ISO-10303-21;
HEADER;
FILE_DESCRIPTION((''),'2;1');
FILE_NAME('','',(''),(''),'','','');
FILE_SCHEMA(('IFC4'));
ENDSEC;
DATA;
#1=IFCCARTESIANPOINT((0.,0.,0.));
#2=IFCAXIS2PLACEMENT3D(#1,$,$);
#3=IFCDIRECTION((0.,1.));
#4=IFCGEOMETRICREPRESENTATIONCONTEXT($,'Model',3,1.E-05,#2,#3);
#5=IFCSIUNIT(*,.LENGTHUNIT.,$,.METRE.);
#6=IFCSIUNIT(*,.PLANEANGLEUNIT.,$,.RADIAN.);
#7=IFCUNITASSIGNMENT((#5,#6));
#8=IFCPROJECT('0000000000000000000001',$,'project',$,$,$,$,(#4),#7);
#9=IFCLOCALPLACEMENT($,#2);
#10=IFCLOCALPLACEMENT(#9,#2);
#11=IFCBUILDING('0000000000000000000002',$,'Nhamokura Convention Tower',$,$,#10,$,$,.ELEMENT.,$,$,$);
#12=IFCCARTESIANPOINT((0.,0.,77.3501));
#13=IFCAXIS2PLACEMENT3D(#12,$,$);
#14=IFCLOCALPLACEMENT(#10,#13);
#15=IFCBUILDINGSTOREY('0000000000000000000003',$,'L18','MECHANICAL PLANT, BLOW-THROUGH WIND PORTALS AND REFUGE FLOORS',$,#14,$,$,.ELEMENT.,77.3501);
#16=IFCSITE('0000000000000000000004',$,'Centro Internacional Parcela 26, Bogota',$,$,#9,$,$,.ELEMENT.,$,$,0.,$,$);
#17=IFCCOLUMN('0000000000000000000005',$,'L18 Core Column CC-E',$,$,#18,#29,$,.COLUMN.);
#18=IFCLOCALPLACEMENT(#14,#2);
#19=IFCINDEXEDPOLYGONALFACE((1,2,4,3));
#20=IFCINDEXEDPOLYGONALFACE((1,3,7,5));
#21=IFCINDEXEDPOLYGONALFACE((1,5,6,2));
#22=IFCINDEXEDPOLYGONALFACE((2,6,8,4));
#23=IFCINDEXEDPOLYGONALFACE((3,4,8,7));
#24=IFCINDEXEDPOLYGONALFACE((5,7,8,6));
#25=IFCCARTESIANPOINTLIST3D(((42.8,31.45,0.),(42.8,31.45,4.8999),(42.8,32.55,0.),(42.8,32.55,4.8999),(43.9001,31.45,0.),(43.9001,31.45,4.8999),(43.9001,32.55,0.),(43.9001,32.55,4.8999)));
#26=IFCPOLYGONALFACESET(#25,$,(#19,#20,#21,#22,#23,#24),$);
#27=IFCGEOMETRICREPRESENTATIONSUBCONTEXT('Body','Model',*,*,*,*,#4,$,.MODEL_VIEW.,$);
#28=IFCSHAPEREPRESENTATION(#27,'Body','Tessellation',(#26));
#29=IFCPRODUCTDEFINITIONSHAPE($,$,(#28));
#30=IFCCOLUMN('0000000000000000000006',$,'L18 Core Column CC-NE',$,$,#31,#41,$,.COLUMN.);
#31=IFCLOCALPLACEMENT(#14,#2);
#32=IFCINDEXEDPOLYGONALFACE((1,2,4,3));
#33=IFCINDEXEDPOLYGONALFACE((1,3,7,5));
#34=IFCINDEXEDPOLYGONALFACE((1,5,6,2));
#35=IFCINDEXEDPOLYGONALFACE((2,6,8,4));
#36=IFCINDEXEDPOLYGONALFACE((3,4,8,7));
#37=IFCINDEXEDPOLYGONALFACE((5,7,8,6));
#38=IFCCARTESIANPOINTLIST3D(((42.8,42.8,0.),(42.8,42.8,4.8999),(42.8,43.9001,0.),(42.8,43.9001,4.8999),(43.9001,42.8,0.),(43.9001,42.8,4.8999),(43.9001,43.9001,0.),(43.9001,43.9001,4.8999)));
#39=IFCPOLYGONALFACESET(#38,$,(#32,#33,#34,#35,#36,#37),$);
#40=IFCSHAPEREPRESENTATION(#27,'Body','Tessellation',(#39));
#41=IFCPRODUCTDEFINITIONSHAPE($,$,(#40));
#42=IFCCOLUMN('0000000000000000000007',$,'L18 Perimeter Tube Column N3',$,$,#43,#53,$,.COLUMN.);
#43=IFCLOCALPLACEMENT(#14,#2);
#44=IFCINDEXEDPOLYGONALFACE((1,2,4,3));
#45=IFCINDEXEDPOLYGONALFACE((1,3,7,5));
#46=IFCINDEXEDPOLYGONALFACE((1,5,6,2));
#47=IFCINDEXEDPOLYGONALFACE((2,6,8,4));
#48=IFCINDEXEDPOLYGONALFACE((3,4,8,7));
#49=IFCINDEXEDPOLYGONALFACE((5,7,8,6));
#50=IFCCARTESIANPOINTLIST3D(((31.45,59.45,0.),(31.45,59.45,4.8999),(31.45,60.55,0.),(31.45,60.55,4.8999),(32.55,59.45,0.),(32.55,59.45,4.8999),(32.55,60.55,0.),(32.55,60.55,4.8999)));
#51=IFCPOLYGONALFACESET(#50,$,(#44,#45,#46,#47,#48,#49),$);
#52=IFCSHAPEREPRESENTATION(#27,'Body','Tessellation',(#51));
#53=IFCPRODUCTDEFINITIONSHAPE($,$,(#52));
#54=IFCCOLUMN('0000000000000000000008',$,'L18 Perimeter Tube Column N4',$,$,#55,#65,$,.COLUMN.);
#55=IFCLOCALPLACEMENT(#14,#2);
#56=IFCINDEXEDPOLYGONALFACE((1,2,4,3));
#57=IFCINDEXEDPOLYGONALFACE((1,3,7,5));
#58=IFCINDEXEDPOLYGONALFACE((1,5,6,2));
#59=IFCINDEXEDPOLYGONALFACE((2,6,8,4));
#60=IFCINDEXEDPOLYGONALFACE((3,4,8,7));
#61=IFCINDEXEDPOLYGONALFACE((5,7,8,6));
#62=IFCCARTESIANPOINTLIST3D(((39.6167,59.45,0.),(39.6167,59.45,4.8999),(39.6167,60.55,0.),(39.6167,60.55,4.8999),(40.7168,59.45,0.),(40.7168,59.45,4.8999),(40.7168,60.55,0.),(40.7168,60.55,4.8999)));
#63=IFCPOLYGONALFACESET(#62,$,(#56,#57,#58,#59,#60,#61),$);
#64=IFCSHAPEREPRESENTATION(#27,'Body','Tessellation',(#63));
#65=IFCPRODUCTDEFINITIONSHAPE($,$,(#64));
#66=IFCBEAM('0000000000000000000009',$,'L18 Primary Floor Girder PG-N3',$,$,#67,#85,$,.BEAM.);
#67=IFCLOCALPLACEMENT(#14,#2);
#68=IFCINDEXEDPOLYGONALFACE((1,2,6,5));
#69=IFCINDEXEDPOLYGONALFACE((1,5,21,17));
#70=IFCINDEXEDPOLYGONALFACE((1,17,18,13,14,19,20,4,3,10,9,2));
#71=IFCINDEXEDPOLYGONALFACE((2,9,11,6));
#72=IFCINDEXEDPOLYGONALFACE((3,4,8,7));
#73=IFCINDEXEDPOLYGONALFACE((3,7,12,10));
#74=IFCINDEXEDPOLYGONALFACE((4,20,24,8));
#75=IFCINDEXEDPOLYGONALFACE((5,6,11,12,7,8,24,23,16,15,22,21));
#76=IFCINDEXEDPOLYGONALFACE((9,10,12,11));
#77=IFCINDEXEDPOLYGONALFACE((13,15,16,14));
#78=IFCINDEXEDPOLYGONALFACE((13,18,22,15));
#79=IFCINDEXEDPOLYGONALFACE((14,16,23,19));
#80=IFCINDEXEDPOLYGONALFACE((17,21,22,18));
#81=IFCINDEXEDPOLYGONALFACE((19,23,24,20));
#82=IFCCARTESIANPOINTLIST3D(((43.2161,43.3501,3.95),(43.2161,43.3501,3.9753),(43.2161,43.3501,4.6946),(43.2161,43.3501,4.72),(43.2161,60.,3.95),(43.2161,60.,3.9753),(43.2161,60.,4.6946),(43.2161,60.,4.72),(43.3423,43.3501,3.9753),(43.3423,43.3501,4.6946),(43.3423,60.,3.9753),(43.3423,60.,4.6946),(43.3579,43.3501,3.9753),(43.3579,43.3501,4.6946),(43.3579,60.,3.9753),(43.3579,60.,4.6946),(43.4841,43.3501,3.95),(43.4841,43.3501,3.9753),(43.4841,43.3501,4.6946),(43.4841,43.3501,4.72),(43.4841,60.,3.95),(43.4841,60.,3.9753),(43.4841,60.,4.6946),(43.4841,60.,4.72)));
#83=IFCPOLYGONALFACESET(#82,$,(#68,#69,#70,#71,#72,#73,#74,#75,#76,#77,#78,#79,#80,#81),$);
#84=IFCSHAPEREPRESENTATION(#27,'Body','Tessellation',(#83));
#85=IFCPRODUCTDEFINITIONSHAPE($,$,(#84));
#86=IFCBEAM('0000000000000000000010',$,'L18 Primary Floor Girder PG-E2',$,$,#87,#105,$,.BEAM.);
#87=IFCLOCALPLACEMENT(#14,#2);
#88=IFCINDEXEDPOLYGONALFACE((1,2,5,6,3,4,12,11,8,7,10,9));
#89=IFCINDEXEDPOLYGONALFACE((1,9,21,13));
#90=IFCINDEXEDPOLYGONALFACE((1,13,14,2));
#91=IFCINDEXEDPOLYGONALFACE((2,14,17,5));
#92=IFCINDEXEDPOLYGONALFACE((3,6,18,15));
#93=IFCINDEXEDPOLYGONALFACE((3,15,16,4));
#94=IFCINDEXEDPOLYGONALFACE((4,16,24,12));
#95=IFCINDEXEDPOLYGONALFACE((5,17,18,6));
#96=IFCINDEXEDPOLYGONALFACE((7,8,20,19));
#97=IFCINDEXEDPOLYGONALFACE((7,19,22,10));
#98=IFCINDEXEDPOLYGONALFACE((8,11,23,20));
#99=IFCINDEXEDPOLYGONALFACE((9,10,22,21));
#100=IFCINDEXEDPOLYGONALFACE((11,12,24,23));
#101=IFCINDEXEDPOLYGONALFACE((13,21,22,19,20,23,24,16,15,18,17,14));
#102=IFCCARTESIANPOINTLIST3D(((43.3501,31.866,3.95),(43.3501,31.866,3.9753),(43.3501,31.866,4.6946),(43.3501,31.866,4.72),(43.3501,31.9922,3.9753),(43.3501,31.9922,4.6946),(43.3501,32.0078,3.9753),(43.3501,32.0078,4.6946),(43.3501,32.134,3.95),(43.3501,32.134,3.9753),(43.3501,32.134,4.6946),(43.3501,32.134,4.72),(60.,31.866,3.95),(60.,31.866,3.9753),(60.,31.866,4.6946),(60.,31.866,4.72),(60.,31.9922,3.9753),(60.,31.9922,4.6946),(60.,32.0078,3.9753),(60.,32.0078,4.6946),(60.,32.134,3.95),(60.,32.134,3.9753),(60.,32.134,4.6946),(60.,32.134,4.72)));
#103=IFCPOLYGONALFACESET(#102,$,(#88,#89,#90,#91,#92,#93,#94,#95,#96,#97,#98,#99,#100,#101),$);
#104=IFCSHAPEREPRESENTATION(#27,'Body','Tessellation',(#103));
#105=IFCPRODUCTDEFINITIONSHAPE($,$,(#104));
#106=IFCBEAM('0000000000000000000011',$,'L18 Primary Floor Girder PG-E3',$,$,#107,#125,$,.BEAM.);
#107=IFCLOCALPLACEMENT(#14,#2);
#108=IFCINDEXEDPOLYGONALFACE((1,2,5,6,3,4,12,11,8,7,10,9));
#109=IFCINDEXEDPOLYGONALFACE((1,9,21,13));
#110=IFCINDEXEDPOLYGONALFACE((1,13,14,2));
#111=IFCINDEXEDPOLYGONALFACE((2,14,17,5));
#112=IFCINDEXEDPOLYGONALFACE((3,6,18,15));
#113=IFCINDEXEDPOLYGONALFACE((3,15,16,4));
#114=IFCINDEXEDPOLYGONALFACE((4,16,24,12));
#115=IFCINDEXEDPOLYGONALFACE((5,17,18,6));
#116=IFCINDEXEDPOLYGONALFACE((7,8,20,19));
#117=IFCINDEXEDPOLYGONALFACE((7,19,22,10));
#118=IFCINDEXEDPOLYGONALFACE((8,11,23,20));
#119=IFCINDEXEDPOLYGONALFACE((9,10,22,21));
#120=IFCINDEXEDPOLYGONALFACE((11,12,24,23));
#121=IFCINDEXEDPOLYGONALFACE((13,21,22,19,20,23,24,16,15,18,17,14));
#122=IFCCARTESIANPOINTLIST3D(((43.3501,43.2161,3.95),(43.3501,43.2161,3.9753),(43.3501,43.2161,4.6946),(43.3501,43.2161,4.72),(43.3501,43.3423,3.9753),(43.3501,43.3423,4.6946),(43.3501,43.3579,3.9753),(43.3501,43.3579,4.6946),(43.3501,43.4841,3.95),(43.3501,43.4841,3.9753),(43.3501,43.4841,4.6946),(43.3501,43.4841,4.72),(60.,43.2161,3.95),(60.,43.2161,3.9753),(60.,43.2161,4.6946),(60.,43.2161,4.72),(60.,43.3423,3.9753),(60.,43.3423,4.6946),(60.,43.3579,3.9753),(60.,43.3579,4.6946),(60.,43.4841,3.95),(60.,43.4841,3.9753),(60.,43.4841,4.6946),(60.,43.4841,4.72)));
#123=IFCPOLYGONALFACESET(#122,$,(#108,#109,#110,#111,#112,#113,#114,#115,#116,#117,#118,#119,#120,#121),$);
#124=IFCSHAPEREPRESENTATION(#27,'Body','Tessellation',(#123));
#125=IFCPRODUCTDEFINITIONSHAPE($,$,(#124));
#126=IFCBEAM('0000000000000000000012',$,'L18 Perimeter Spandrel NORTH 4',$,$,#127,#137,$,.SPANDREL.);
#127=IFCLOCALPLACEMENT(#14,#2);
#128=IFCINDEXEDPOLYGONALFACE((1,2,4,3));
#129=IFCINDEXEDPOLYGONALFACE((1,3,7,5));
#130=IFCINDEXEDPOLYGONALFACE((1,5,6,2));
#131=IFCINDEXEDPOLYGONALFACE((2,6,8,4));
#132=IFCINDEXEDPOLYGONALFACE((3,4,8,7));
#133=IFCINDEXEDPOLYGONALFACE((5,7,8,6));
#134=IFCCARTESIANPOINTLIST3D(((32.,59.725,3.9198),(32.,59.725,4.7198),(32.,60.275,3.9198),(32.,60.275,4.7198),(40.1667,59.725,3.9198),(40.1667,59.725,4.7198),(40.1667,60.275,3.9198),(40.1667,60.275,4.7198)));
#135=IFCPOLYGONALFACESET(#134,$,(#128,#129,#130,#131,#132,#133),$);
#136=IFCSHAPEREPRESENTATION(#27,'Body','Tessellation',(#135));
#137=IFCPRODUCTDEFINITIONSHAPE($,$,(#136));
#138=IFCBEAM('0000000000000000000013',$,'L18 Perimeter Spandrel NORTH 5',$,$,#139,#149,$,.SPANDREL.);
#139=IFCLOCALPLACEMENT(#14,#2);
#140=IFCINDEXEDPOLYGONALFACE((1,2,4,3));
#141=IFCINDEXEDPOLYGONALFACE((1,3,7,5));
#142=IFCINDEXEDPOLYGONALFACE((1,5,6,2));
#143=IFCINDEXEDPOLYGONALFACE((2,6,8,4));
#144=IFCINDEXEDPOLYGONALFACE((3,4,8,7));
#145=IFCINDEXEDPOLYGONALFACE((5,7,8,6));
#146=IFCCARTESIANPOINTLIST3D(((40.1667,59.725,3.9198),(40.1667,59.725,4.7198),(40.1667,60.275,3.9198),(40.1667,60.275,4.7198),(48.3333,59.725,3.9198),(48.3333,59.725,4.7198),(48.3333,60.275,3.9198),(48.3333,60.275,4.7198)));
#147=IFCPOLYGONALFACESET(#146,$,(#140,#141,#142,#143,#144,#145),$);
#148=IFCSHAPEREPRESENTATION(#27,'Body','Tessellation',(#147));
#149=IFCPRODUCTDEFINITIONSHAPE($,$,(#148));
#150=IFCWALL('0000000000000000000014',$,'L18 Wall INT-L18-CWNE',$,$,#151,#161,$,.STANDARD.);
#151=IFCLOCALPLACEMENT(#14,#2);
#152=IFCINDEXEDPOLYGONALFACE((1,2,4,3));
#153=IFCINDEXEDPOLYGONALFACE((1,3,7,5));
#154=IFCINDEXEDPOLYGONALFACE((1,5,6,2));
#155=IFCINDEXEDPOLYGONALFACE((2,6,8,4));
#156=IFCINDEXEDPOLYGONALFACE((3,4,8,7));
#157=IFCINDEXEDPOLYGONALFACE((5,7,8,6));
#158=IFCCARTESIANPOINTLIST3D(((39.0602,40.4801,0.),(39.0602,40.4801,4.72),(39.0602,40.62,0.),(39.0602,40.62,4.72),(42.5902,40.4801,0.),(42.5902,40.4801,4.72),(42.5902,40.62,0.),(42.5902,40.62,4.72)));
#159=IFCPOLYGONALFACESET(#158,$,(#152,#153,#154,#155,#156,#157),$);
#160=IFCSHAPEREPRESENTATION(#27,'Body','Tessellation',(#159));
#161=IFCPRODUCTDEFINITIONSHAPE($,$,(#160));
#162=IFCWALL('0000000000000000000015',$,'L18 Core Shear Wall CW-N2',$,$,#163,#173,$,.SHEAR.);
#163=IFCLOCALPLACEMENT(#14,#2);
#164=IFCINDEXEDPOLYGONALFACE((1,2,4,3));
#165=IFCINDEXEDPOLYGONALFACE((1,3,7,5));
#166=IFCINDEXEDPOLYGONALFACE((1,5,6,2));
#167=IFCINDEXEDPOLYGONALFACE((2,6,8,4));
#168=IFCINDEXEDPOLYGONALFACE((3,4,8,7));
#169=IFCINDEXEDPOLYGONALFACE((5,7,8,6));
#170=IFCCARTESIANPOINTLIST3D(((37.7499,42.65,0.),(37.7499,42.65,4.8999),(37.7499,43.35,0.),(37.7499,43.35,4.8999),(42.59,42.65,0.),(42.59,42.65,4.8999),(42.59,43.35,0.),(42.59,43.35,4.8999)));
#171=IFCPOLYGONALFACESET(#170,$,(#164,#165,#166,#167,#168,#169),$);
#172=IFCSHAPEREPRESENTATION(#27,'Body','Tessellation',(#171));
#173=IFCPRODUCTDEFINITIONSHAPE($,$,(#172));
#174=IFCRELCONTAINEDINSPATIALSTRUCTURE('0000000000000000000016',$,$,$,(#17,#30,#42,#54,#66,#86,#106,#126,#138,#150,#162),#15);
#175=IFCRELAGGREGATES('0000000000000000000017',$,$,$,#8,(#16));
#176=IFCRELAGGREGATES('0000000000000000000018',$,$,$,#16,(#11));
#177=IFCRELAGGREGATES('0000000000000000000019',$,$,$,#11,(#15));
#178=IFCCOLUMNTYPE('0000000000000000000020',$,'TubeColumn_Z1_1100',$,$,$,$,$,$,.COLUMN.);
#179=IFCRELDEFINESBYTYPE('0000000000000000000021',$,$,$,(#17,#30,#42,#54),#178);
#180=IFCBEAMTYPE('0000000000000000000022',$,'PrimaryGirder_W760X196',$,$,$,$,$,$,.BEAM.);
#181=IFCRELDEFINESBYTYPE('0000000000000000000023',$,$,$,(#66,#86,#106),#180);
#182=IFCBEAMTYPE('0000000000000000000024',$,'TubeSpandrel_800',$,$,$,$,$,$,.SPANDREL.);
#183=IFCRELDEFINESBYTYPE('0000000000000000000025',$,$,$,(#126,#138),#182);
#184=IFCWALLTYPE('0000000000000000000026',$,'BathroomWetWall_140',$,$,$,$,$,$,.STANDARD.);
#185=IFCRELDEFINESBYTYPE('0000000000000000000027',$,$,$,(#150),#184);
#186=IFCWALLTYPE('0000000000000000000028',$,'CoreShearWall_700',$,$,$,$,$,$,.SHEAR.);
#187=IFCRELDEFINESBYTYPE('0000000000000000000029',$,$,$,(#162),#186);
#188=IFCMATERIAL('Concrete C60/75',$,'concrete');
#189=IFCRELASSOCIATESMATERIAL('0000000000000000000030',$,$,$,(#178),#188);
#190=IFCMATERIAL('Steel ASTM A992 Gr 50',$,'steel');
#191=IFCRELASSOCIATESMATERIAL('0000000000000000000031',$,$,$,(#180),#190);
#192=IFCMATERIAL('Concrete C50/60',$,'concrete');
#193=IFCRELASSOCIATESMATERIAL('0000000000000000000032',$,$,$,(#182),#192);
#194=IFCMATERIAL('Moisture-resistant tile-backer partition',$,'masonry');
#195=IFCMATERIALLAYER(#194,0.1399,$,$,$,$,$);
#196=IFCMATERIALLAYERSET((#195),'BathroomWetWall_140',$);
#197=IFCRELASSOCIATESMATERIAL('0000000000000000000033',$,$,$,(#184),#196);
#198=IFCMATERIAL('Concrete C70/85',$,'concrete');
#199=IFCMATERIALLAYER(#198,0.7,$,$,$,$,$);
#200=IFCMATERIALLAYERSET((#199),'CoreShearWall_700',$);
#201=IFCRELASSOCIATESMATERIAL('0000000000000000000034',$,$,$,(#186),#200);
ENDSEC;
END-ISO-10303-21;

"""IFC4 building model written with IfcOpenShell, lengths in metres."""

from ifc_helpers import new_model, si_unit, direction, frame, frame_2d, origin, origin_2d, place, context, subcontext, project, spatial, rectangle, i_section, extrude, material, layer, layer_set, material_profile, profile_set, type_object, element, save


model = new_model("IFC4")

# Units and contexts
model_context = context("Model", 3, precision=1e-05, world=origin(), true_north=direction((0.0, 1.0)))
body_context = subcontext(model_context, "Body", "Model", "MODEL_VIEW")
ifc_project = project(units=[si_unit("LENGTHUNIT", "METRE"), si_unit("PLANEANGLEUNIT", "RADIAN")], contexts=[model_context])

# Site, building, storey
site_placement = place(None, origin())
site = spatial("IfcSite", under=ifc_project, at=site_placement, Name="Centro Internacional Parcela 26, Bogota", CompositionType="ELEMENT", RefElevation=0.0)
building_placement = place(site_placement, origin())
building = spatial("IfcBuilding", under=site, at=building_placement, Name="Nhamokura Convention Tower", CompositionType="ELEMENT")
storey_placement = place(building_placement, frame((0.0, 0.0, 77.3501)))
storey = spatial("IfcBuildingStorey", under=building, at=storey_placement, Name="L18", Description="MECHANICAL PLANT, BLOW-THROUGH WIND PORTALS AND REFUGE FLOORS", CompositionType="ELEMENT", Elevation=77.3501)

# Columns
ifc_material_1 = material(Name="Concrete C60/75", Category="concrete")
ifc_material_profile_1 = material_profile(ifc_material_1, rectangle(XDim=1.1001, YDim=1.1001, at=origin_2d()))
ifc_profile_set_1 = profile_set([ifc_material_profile_1], Name="Concrete C60/75")
column_type = type_object("IfcColumnType", Name="TubeColumn_Z1_1100", PredefinedType="COLUMN", material=ifc_profile_set_1)
for number, where, z_axis, x_axis, name in (
    (1, (43.3501, 32.0, 0.0), (0.0, 0.0, 1.0), (1.0, 0.0, 0.0), "L18 Core Column CC-E"),
    (2, (43.3501, 43.3501, 0.0), (0.0, 0.0, 1.0), (1.0, 0.0, 0.0), "L18 Core Column CC-NE"),
    (3, (32.0, 60.0, 0.0), (0.0, 0.0, 1.0), (1.0, 0.0, 0.0), "L18 Perimeter Tube Column N3"),
    (4, (40.1667, 60.0, 0.0), (0.0, 0.0, 1.0), (1.0, 0.0, 0.0), "L18 Perimeter Tube Column N4"),
):
    element("IfcColumn", number, at=place(storey_placement, frame(where, z_axis=z_axis, x_axis=x_axis)), inside=storey, type_object=column_type, Name=name, PredefinedType="COLUMN", context=body_context, shape_type="SweptSolid", body=[
        extrude(rectangle(XDim=1.1001, YDim=1.1001, at=origin_2d()), origin(), (0.0, 0.0, 1.0), 4.8999),
    ])

# Beams
ifc_material_2 = material(Name="Steel ASTM A992 Gr 50", Category="steel")
ifc_material_profile_2 = material_profile(ifc_material_2, i_section(OverallWidth=0.2681, OverallDepth=0.77, WebThickness=0.0156, FlangeThickness=0.0254, at=origin_2d()))
ifc_profile_set_2 = profile_set([ifc_material_profile_2], Name="Steel ASTM A992 Gr 50")
beam_type_1 = type_object("IfcBeamType", Name="PrimaryGirder_W760X196", PredefinedType="BEAM", material=ifc_profile_set_2)
for number, where, z_axis, x_axis, name in (
    (5, (43.3501, 43.3501, 4.335), (0.0, 1.0, 0.0), (-1.0, 0.0, 0.0), "L18 Primary Floor Girder PG-N3"),
    (6, (43.3501, 32.0, 4.335), (1.0, 0.0, 0.0), (0.0, 1.0, 0.0), "L18 Primary Floor Girder PG-E2"),
    (7, (43.3501, 43.3501, 4.335), (1.0, 0.0, 0.0), (0.0, 1.0, 0.0), "L18 Primary Floor Girder PG-E3"),
):
    element("IfcBeam", number, at=place(storey_placement, frame(where, z_axis=z_axis, x_axis=x_axis)), inside=storey, type_object=beam_type_1, Name=name, PredefinedType="BEAM", context=body_context, shape_type="SweptSolid", body=[
        extrude(i_section(OverallWidth=0.2681, OverallDepth=0.77, WebThickness=0.0156, FlangeThickness=0.0254, at=origin_2d()), origin(), (0.0, 0.0, 1.0), 16.6499),
    ])
ifc_material_3 = material(Name="Concrete C50/60", Category="concrete")
ifc_material_profile_3 = material_profile(ifc_material_3, rectangle(XDim=0.55, YDim=0.8, at=origin_2d()))
ifc_profile_set_3 = profile_set([ifc_material_profile_3], Name="Concrete C50/60")
beam_type_2 = type_object("IfcBeamType", Name="TubeSpandrel_800", PredefinedType="SPANDREL", material=ifc_profile_set_3)
beam_1_placement = place(storey_placement, frame((32.0, 60.0, 4.3198), z_axis=(1.0, 0.0, 0.0), x_axis=(0.0, 1.0, 0.0)))
element("IfcBeam", 8, at=beam_1_placement, inside=storey, type_object=beam_type_2, Name="L18 Perimeter Spandrel NORTH 4", PredefinedType="SPANDREL", context=body_context, shape_type="SweptSolid", body=[
    extrude(rectangle(XDim=0.55, YDim=0.8, at=origin_2d()), origin(), (0.0, 0.0, 1.0), 8.1667),
])
beam_2_placement = place(storey_placement, frame((40.1667, 60.0, 4.3198), z_axis=(1.0, 0.0, 0.0), x_axis=(0.0, 1.0, 0.0)))
element("IfcBeam", 9, at=beam_2_placement, inside=storey, type_object=beam_type_2, Name="L18 Perimeter Spandrel NORTH 5", PredefinedType="SPANDREL", context=body_context, shape_type="SweptSolid", body=[
    extrude(rectangle(XDim=0.55, YDim=0.8, at=origin_2d()), origin(), (0.0, 0.0, 1.0), 8.1665),
])

# Walls
ifc_material_4 = material(Name="Moisture-resistant tile-backer partition", Category="masonry")
ifc_layer_1 = layer(ifc_material_4, 0.1399)
ifc_layer_set_1 = layer_set([ifc_layer_1], Name="BathroomWetWall_140")
wall_type_1 = type_object("IfcWallType", Name="BathroomWetWall_140", PredefinedType="STANDARD", material=ifc_layer_set_1)
wall_1_placement = place(storey_placement, frame((39.0601, 40.55, 0.0), z_axis=(0.0, 0.0, 1.0), x_axis=(1.0, 0.0, 0.0)))
element("IfcWall", 10, at=wall_1_placement, inside=storey, type_object=wall_type_1, Name="L18 Wall INT-L18-CWNE", PredefinedType="STANDARD", context=body_context, shape_type="SweptSolid", body=[
    extrude(rectangle(XDim=3.53, YDim=0.1399, at=frame_2d((1.7651, 0.0))), origin(), (0.0, 0.0, 1.0), 4.72),
])
ifc_material_5 = material(Name="Concrete C70/85", Category="concrete")
ifc_layer_2 = layer(ifc_material_5, 0.7)
ifc_layer_set_2 = layer_set([ifc_layer_2], Name="CoreShearWall_700")
wall_type_2 = type_object("IfcWallType", Name="CoreShearWall_700", PredefinedType="SHEAR", material=ifc_layer_set_2)
wall_2_placement = place(storey_placement, frame((37.75, 43.0, 0.0), z_axis=(0.0, 0.0, 1.0), x_axis=(1.0, 0.0, 0.0)))
element("IfcWall", 11, at=wall_2_placement, inside=storey, type_object=wall_type_2, Name="L18 Core Shear Wall CW-N2", PredefinedType="SHEAR", context=body_context, shape_type="SweptSolid", body=[
    extrude(rectangle(XDim=4.8401, YDim=0.7, at=frame_2d((2.4199, 0.0))), origin(), (0.0, 0.0, 1.0), 4.8999),
])

save(model, "model.ifc")
